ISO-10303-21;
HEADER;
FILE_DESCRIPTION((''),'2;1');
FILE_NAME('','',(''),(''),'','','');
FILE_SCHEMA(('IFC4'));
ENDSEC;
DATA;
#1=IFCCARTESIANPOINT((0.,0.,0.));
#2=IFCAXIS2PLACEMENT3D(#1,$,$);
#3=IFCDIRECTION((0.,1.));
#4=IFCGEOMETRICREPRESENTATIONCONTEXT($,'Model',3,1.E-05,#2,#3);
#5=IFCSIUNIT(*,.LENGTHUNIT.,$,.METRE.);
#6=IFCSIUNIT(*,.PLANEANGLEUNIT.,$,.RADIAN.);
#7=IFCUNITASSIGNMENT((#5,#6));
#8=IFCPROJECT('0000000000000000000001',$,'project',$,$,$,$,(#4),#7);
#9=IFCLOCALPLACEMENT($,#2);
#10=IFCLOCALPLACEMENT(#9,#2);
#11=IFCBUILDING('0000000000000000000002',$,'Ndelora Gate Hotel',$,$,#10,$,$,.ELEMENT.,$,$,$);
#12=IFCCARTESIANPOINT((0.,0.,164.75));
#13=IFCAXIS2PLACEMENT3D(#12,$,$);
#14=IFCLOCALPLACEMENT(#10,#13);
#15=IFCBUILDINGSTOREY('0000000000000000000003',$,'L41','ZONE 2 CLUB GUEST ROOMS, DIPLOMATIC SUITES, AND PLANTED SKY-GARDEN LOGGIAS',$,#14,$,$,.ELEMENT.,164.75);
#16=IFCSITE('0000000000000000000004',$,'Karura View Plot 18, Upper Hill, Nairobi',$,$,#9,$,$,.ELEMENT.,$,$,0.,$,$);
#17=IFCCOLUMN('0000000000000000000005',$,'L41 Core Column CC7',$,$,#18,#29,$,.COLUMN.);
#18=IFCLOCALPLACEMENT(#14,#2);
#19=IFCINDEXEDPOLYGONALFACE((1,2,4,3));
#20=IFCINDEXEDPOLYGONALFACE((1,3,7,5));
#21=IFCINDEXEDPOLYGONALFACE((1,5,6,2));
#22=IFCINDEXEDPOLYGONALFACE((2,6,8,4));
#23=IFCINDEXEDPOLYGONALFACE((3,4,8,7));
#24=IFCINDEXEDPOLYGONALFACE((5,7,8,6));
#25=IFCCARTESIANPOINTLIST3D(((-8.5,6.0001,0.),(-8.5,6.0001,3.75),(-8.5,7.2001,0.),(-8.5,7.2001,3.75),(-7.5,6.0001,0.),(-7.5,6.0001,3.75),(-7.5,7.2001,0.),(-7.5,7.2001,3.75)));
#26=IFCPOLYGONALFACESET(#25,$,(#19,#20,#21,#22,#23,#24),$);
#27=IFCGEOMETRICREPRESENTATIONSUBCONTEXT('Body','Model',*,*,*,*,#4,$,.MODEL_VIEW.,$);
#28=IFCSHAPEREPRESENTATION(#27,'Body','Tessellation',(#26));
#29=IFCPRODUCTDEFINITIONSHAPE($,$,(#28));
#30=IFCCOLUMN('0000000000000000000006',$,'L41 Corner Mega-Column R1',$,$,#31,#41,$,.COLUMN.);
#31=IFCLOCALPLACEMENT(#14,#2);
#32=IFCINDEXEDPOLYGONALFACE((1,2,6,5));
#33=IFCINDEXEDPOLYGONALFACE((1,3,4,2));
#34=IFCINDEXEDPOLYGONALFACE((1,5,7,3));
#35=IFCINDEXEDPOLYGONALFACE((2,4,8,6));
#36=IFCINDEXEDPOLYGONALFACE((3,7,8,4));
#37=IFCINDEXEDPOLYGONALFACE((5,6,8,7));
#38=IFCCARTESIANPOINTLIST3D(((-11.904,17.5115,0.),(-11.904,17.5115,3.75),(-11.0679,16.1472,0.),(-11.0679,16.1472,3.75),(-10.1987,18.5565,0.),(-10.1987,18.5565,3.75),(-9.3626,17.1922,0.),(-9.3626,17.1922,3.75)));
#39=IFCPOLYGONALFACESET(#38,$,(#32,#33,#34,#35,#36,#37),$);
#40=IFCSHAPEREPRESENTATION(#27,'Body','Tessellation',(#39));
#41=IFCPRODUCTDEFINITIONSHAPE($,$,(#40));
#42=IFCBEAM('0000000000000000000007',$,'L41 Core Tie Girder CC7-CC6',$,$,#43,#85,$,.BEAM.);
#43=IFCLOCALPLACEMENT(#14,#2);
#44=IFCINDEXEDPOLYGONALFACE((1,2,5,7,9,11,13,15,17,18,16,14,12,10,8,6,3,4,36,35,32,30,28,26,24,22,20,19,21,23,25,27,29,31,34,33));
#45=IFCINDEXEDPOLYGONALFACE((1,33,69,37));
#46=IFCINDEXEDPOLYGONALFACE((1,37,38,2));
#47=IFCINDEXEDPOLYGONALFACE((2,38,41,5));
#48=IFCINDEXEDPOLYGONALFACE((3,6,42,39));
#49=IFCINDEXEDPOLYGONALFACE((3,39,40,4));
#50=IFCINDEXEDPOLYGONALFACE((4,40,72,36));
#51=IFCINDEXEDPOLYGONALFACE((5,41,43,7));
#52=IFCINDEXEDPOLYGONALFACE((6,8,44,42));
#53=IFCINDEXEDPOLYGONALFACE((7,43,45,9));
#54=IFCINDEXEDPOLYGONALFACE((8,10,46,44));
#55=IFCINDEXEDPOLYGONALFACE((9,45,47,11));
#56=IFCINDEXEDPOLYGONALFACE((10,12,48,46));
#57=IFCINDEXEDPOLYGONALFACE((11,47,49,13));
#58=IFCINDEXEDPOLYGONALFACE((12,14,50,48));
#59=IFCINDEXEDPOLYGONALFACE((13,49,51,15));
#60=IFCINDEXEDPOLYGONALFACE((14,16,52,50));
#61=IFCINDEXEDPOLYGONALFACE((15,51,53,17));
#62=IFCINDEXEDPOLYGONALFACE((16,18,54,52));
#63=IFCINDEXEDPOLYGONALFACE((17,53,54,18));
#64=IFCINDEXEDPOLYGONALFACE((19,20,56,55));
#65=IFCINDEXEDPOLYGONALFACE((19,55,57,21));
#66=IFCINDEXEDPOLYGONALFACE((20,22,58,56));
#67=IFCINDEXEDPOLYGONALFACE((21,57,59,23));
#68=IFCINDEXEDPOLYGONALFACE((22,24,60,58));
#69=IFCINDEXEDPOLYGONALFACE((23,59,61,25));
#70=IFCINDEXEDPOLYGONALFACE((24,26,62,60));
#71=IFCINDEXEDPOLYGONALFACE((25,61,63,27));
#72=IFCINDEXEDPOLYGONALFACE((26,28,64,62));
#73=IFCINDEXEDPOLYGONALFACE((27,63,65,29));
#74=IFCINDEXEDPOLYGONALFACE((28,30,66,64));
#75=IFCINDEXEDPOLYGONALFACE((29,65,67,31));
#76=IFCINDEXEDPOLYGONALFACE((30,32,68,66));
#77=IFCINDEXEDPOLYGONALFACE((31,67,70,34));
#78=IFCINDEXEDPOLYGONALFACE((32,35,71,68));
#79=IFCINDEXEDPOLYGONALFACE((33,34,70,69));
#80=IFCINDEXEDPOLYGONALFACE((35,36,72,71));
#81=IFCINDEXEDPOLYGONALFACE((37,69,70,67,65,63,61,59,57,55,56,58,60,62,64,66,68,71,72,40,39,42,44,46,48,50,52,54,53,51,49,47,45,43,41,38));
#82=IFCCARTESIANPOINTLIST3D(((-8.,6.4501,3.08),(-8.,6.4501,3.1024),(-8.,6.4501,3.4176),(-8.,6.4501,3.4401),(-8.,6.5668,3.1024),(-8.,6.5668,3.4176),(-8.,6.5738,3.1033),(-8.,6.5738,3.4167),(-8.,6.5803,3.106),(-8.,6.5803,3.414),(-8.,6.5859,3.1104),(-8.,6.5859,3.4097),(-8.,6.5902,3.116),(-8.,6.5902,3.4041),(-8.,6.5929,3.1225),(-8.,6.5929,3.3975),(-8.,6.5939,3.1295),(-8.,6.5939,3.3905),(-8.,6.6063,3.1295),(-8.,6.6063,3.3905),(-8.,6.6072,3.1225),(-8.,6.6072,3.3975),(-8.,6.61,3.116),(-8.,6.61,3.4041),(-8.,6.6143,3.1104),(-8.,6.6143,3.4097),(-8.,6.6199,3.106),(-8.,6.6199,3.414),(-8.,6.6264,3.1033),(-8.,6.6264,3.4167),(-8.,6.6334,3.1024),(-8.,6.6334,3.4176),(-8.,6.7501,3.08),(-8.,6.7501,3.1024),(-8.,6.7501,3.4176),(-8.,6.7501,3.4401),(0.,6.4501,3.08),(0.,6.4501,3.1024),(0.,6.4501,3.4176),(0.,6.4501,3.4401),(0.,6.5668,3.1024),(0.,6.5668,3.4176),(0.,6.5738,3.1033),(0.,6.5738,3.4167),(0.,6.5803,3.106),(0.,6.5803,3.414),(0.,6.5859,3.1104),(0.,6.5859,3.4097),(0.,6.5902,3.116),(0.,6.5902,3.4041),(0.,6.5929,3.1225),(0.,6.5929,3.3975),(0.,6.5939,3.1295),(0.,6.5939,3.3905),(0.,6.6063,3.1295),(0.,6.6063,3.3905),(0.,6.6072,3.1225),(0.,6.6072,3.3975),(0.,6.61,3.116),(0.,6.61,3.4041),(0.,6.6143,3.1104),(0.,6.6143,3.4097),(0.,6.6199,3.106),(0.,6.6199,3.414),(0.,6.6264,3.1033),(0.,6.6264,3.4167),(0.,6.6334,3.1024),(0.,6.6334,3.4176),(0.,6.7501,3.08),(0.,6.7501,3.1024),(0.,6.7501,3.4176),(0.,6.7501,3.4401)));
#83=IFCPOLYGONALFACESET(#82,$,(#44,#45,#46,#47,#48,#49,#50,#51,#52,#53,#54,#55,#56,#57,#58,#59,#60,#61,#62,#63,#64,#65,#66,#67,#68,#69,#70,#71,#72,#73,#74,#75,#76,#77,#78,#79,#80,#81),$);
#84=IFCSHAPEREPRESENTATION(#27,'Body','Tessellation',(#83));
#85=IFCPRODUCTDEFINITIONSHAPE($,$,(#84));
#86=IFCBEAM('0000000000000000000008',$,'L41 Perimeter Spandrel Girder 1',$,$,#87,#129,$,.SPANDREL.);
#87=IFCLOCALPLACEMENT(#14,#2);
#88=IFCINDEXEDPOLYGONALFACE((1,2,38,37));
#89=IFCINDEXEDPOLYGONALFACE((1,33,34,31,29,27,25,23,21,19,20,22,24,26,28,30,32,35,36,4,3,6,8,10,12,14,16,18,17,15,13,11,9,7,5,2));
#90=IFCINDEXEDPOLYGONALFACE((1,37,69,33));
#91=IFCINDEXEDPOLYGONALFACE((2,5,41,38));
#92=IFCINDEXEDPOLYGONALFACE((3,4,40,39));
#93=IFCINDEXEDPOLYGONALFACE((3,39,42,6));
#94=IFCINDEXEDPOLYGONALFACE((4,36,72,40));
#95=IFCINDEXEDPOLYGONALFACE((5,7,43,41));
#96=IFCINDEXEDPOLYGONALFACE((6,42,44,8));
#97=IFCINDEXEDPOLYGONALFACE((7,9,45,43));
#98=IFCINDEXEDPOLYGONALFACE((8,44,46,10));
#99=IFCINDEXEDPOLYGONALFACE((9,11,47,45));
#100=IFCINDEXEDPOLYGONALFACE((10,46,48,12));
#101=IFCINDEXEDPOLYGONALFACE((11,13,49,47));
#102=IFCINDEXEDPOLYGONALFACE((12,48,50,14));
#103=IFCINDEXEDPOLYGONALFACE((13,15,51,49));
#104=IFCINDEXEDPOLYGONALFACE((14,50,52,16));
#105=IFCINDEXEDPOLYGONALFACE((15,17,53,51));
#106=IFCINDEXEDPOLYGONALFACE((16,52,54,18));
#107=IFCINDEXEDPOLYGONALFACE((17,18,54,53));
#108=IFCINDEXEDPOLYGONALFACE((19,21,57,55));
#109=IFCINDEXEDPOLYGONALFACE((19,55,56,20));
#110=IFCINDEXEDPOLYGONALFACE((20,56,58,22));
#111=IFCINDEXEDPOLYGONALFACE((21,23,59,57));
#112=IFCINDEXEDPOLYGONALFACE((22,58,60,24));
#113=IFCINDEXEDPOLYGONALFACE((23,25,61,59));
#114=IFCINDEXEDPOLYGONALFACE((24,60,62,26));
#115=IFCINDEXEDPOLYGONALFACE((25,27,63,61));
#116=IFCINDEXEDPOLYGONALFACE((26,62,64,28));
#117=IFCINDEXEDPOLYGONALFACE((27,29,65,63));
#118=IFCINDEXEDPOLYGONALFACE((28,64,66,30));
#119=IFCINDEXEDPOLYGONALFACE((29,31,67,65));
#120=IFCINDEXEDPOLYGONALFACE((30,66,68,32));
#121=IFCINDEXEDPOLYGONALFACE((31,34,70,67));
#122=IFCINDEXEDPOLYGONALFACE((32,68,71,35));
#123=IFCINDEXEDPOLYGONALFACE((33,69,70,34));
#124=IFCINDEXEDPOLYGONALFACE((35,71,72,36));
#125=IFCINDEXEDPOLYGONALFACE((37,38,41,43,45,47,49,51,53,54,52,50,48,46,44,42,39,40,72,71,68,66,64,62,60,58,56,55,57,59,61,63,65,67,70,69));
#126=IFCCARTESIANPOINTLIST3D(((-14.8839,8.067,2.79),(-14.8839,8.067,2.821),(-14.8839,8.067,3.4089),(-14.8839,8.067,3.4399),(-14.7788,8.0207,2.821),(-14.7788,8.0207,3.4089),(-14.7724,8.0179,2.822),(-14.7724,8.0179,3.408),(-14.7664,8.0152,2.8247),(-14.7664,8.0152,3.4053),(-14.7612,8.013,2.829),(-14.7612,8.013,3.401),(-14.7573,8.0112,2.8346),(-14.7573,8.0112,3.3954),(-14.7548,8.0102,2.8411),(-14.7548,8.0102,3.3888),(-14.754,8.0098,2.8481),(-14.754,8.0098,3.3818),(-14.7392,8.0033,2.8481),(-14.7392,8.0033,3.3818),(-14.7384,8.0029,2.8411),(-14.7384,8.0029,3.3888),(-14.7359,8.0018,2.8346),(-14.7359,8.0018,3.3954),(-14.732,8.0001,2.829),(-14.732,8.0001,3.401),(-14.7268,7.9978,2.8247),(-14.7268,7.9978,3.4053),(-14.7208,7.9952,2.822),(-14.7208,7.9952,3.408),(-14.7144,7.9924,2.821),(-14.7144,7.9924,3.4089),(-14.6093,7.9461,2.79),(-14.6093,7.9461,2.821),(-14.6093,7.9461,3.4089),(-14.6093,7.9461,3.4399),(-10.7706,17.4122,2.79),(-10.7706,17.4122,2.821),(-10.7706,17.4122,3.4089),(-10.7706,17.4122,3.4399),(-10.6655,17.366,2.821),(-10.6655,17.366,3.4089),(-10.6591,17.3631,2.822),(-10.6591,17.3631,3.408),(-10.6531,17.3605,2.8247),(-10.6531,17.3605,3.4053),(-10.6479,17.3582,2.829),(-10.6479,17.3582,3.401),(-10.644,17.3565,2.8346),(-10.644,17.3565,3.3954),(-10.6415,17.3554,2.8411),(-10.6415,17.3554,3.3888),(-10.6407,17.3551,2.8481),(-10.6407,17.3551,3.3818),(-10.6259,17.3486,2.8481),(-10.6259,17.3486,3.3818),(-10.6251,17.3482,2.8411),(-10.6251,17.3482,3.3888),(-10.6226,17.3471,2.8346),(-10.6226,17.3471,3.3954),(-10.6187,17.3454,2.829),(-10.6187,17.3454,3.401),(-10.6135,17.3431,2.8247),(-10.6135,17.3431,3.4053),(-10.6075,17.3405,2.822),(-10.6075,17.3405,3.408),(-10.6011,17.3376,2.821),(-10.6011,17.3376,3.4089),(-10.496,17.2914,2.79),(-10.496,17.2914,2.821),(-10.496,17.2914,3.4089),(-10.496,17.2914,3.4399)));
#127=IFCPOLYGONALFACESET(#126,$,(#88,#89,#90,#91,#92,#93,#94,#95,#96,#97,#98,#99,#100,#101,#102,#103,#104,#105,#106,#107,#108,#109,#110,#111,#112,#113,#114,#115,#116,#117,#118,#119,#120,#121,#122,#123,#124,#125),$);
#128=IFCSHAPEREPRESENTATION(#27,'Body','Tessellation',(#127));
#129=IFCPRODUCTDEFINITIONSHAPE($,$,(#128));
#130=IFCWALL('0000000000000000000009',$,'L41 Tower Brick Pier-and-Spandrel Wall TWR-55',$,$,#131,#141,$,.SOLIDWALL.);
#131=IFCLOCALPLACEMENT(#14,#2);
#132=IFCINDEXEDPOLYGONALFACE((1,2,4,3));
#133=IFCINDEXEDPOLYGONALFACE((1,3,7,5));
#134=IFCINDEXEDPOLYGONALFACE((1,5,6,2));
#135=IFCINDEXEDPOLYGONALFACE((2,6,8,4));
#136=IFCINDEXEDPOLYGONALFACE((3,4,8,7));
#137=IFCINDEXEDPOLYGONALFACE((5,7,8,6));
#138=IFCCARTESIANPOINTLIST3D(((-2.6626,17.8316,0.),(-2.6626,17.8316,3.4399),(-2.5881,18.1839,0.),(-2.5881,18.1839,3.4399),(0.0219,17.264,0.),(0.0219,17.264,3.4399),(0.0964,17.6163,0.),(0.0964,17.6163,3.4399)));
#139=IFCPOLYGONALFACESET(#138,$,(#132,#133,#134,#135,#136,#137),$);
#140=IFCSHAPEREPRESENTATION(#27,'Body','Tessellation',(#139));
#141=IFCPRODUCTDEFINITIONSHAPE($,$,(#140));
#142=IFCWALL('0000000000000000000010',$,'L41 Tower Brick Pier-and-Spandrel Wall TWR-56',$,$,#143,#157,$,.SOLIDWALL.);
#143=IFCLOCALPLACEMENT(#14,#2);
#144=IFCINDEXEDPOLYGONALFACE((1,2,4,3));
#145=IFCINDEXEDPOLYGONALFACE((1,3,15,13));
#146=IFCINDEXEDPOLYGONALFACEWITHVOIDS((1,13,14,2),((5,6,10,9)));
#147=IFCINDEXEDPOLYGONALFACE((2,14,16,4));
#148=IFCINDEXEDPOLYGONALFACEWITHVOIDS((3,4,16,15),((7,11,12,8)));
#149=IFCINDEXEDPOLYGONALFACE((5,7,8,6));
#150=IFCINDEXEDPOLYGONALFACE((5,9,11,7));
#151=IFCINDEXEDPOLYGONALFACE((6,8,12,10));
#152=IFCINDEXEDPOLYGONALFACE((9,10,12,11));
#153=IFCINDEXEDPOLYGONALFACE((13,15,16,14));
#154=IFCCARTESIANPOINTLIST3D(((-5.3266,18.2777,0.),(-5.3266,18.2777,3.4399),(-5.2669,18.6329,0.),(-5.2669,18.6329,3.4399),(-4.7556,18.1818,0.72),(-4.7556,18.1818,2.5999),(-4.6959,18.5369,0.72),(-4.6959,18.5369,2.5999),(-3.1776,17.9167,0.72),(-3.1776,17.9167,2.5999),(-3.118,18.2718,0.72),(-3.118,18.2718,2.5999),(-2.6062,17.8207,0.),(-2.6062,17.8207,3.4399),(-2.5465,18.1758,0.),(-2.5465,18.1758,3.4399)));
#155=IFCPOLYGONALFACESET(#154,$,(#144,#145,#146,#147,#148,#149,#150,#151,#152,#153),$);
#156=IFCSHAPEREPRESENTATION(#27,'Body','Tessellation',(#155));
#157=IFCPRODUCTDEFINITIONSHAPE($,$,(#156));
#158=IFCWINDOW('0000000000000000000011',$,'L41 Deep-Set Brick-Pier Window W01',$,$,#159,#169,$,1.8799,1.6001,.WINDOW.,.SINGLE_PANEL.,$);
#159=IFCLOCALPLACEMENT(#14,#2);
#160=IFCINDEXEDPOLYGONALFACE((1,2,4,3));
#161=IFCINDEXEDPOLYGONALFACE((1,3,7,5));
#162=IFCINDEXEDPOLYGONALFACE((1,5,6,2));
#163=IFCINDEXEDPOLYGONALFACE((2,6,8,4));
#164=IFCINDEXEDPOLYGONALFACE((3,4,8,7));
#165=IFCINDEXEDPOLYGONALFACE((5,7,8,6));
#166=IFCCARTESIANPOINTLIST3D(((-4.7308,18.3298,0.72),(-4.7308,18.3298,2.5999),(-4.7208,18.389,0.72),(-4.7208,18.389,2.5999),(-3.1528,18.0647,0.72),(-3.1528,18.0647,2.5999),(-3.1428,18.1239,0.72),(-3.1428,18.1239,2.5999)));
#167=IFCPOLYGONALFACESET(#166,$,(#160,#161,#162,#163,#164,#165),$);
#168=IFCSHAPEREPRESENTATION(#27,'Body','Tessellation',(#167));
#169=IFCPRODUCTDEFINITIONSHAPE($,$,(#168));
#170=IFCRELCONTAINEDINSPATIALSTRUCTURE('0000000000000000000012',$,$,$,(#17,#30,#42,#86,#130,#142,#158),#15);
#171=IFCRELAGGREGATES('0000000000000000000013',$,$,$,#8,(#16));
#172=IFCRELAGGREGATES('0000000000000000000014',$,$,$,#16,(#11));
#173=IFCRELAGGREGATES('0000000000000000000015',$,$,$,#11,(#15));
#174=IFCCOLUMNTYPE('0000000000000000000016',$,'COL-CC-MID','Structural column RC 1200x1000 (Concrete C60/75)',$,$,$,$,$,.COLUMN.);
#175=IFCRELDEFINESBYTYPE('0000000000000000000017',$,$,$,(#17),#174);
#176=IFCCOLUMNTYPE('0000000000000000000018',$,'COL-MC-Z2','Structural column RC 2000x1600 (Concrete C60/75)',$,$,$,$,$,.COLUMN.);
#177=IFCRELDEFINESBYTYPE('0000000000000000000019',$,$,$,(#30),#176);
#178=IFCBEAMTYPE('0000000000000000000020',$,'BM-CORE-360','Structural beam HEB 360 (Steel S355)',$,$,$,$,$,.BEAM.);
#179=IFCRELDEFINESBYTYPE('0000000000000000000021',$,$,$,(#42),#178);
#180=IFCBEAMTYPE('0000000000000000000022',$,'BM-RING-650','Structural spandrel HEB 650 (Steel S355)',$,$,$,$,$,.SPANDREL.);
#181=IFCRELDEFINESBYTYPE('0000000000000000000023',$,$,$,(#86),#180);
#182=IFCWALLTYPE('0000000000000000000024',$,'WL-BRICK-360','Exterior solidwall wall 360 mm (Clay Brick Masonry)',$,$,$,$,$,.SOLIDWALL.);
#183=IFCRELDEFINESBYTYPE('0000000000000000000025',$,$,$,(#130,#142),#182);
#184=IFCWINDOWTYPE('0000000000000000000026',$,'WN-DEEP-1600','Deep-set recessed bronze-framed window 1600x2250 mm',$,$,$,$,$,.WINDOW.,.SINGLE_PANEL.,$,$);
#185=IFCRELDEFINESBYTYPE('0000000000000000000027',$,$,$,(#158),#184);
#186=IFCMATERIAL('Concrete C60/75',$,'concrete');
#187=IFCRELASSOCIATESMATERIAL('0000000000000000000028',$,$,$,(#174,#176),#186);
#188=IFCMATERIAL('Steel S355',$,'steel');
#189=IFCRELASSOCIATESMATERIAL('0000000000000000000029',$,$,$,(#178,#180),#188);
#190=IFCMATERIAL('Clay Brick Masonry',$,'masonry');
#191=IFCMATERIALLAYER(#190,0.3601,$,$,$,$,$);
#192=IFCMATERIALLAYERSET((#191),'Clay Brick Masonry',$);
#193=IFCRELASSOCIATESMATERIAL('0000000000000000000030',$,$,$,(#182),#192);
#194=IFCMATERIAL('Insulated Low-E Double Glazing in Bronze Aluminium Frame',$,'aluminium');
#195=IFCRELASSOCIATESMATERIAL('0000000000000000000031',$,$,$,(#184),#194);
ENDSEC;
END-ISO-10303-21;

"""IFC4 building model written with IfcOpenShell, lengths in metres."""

from ifc_helpers import new_model, si_unit, direction, frame, frame_2d, origin, origin_2d, place, context, subcontext, project, spatial, rectangle, i_section, extrude, material, layer, layer_set, material_profile, profile_set, type_object, element, fill, save


model = new_model("IFC4")

# Units and contexts
model_context = context("Model", 3, precision=1e-05, world=origin(), true_north=direction((0.0, 1.0)))
body_context = subcontext(model_context, "Body", "Model", "MODEL_VIEW")
ifc_project = project(units=[si_unit("LENGTHUNIT", "METRE"), si_unit("PLANEANGLEUNIT", "RADIAN")], contexts=[model_context])

# Site, building, storey
site_placement = place(None, origin())
site = spatial("IfcSite", under=ifc_project, at=site_placement, Name="Karura View Plot 18, Upper Hill, Nairobi", CompositionType="ELEMENT", RefElevation=0.0)
building_placement = place(site_placement, origin())
building = spatial("IfcBuilding", under=site, at=building_placement, Name="Ndelora Gate Hotel", CompositionType="ELEMENT")
storey_placement = place(building_placement, frame((0.0, 0.0, 164.75)))
storey = spatial("IfcBuildingStorey", under=building, at=storey_placement, Name="L41", Description="ZONE 2 CLUB GUEST ROOMS, DIPLOMATIC SUITES, AND PLANTED SKY-GARDEN LOGGIAS", CompositionType="ELEMENT", Elevation=164.75)

# Columns
ifc_material_1 = material(Name="Concrete C60/75", Category="concrete")
ifc_material_profile_1 = material_profile(ifc_material_1, rectangle(XDim=1.0, YDim=1.2, at=origin_2d()), Name="RC 1200x1000")
ifc_profile_set_1 = profile_set([ifc_material_profile_1], Name="Concrete C60/75")
column_type_1 = type_object("IfcColumnType", Name="COL-CC-MID", Description="Structural column RC 1200x1000 (Concrete C60/75)", PredefinedType="COLUMN", material=ifc_profile_set_1)
column_1_placement = place(storey_placement, frame((-8.0, 6.6001, 0.0), z_axis=(0.0, 0.0, 1.0), x_axis=(1.0, 0.0, 0.0)))
element("IfcColumn", 1, at=column_1_placement, inside=storey, type_object=column_type_1, Name="L41 Core Column CC7", PredefinedType="COLUMN", context=body_context, shape_type="SweptSolid", body=[
    extrude(rectangle(XDim=1.0, YDim=1.2, at=origin_2d()), origin(), (0.0, 0.0, 1.0), 3.75),
])
ifc_material_profile_2 = material_profile(ifc_material_1, rectangle(XDim=1.6001, YDim=2.0, at=origin_2d()), Name="RC 2000x1600")
ifc_profile_set_2 = profile_set([ifc_material_profile_2], Name="Concrete C60/75")
column_type_2 = type_object("IfcColumnType", Name="COL-MC-Z2", Description="Structural column RC 2000x1600 (Concrete C60/75)", PredefinedType="COLUMN", material=ifc_profile_set_2)
column_2_placement = place(storey_placement, frame((-10.6333, 17.3518, 0.0), z_axis=(0.0, 0.0, 1.0), x_axis=(-0.522499, 0.85264, 0.0)))
element("IfcColumn", 2, at=column_2_placement, inside=storey, type_object=column_type_2, Name="L41 Corner Mega-Column R1", PredefinedType="COLUMN", context=body_context, shape_type="SweptSolid", body=[
    extrude(rectangle(XDim=1.6001, YDim=2.0, at=origin_2d()), origin(), (0.0, 0.0, 1.0), 3.75),
])

# Beams
ifc_material_2 = material(Name="Steel S355", Category="steel")
ifc_material_profile_3 = material_profile(ifc_material_2, i_section(OverallWidth=0.3, OverallDepth=0.3601, WebThickness=0.0125, FlangeThickness=0.0225, FilletRadius=0.0271, at=origin_2d()), Name="HEB 360")
ifc_profile_set_3 = profile_set([ifc_material_profile_3], Name="Steel S355")
beam_type_1 = type_object("IfcBeamType", Name="BM-CORE-360", Description="Structural beam HEB 360 (Steel S355)", PredefinedType="BEAM", material=ifc_profile_set_3)
beam_1_placement = place(storey_placement, frame((-8.0, 6.6001, 3.26), z_axis=(1.0, 0.0, 0.0), x_axis=(0.0, 1.0, 0.0)))
element("IfcBeam", 3, at=beam_1_placement, inside=storey, type_object=beam_type_1, Name="L41 Core Tie Girder CC7-CC6", PredefinedType="BEAM", context=body_context, shape_type="SweptSolid", body=[
    extrude(i_section(OverallWidth=0.3, OverallDepth=0.3601, WebThickness=0.0125, FlangeThickness=0.0225, FilletRadius=0.0271, at=origin_2d()), origin(), (0.0, 0.0, 1.0), 8.0),
])
ifc_material_profile_4 = material_profile(ifc_material_2, i_section(OverallWidth=0.3, OverallDepth=0.6499, WebThickness=0.0161, FlangeThickness=0.031, FilletRadius=0.0271, at=origin_2d()), Name="HEB 650")
ifc_profile_set_4 = profile_set([ifc_material_profile_4], Name="Steel S355")
beam_type_2 = type_object("IfcBeamType", Name="BM-RING-650", Description="Structural spandrel HEB 650 (Steel S355)", PredefinedType="SPANDREL", material=ifc_profile_set_4)
beam_2_placement = place(storey_placement, frame((-10.6333, 17.3518, 3.115), z_axis=(-0.402852, -0.915265, 0.0), x_axis=(0.915265, -0.402852, 0.0)))
element("IfcBeam", 4, at=beam_2_placement, inside=storey, type_object=beam_type_2, Name="L41 Perimeter Spandrel Girder 1", PredefinedType="SPANDREL", context=body_context, shape_type="SweptSolid", body=[
    extrude(i_section(OverallWidth=0.3, OverallDepth=0.6499, WebThickness=0.0161, FlangeThickness=0.031, FilletRadius=0.0271, at=origin_2d()), origin(), (0.0, 0.0, 1.0), 10.2104),
])

# Wall
ifc_material_3 = material(Name="Clay Brick Masonry", Category="masonry")
ifc_layer_1 = layer(ifc_material_3, 0.3601)
ifc_layer_set_1 = layer_set([ifc_layer_1], Name="Clay Brick Masonry")
wall_type_1 = type_object("IfcWallType", Name="WL-BRICK-360", Description="Exterior solidwall wall 360 mm (Clay Brick Masonry)", PredefinedType="SOLIDWALL", material=ifc_layer_set_1)
wall_1_placement = place(storey_placement, frame((-2.6255, 18.0078, 0.0), z_axis=(0.0, 0.0, 1.0), x_axis=(0.978369, -0.206867, 0.0)))
element("IfcWall", 5, at=wall_1_placement, inside=storey, type_object=wall_type_1, Name="L41 Tower Brick Pier-and-Spandrel Wall TWR-55", PredefinedType="SOLIDWALL", context=body_context, shape_type="SweptSolid", body=[
    extrude(rectangle(XDim=2.7439, YDim=0.3601, at=frame_2d((1.3721, 0.0))), origin(), (0.0, 0.0, 1.0), 3.4399),
])

# Wall, opening, window
wall_2_placement = place(storey_placement, frame((-5.2969, 18.4553, 0.0), z_axis=(0.0, 0.0, 1.0), x_axis=(0.98618, -0.165676, 0.0)))
wall_2 = element("IfcWall", 6, at=wall_2_placement, inside=storey, type_object=wall_type_1, Name="L41 Tower Brick Pier-and-Spandrel Wall TWR-56", PredefinedType="SOLIDWALL", context=body_context, shape_type="SweptSolid", body=[
    extrude(rectangle(XDim=2.7585, YDim=0.3601, at=frame_2d((1.3794, 0.0))), origin(), (0.0, 0.0, 1.0), 3.4399),
])
opening_1_placement = place(wall_2_placement, frame((0.5791, 0.0, 0.72)))
opening_1 = element("IfcOpeningElement", 7, at=opening_1_placement, cuts=wall_2, PredefinedType="OPENING", context=body_context, shape_type="SweptSolid", body=[
    extrude(rectangle(XDim=1.6001, YDim=1.8799, at=frame_2d((0.8, 0.9399))), frame((0.0, 0.1899, 0.0), z_axis=(0.0, -1.0, 0.0), x_axis=(1.0, 0.0, 0.0)), (0.0, 0.0, 1.0), 0.3801),
])
ifc_material_4 = material(Name="Insulated Low-E Double Glazing in Bronze Aluminium Frame", Category="aluminium")
window_type_1 = type_object("IfcWindowType", Name="WN-DEEP-1600", Description="Deep-set recessed bronze-framed window 1600x2250 mm", PartitioningType="SINGLE_PANEL", PredefinedType="WINDOW", material=ifc_material_4)
window_1_placement = place(opening_1_placement, origin())
window_1 = element("IfcWindow", 8, at=window_1_placement, inside=storey, type_object=window_type_1, Name="L41 Deep-Set Brick-Pier Window W01", OverallHeight=1.8799, OverallWidth=1.6001, PartitioningType="SINGLE_PANEL", PredefinedType="WINDOW", context=body_context, shape_type="SweptSolid", body=[
    extrude(rectangle(XDim=1.6001, YDim=1.8799, at=frame_2d((0.8, 0.9399))), frame((0.0, 0.03, 0.0), z_axis=(0.0, -1.0, 0.0), x_axis=(1.0, 0.0, 0.0)), (0.0, 0.0, 1.0), 0.0601),
])
fill(opening_1, window_1)

save(model, "model.ifc")
